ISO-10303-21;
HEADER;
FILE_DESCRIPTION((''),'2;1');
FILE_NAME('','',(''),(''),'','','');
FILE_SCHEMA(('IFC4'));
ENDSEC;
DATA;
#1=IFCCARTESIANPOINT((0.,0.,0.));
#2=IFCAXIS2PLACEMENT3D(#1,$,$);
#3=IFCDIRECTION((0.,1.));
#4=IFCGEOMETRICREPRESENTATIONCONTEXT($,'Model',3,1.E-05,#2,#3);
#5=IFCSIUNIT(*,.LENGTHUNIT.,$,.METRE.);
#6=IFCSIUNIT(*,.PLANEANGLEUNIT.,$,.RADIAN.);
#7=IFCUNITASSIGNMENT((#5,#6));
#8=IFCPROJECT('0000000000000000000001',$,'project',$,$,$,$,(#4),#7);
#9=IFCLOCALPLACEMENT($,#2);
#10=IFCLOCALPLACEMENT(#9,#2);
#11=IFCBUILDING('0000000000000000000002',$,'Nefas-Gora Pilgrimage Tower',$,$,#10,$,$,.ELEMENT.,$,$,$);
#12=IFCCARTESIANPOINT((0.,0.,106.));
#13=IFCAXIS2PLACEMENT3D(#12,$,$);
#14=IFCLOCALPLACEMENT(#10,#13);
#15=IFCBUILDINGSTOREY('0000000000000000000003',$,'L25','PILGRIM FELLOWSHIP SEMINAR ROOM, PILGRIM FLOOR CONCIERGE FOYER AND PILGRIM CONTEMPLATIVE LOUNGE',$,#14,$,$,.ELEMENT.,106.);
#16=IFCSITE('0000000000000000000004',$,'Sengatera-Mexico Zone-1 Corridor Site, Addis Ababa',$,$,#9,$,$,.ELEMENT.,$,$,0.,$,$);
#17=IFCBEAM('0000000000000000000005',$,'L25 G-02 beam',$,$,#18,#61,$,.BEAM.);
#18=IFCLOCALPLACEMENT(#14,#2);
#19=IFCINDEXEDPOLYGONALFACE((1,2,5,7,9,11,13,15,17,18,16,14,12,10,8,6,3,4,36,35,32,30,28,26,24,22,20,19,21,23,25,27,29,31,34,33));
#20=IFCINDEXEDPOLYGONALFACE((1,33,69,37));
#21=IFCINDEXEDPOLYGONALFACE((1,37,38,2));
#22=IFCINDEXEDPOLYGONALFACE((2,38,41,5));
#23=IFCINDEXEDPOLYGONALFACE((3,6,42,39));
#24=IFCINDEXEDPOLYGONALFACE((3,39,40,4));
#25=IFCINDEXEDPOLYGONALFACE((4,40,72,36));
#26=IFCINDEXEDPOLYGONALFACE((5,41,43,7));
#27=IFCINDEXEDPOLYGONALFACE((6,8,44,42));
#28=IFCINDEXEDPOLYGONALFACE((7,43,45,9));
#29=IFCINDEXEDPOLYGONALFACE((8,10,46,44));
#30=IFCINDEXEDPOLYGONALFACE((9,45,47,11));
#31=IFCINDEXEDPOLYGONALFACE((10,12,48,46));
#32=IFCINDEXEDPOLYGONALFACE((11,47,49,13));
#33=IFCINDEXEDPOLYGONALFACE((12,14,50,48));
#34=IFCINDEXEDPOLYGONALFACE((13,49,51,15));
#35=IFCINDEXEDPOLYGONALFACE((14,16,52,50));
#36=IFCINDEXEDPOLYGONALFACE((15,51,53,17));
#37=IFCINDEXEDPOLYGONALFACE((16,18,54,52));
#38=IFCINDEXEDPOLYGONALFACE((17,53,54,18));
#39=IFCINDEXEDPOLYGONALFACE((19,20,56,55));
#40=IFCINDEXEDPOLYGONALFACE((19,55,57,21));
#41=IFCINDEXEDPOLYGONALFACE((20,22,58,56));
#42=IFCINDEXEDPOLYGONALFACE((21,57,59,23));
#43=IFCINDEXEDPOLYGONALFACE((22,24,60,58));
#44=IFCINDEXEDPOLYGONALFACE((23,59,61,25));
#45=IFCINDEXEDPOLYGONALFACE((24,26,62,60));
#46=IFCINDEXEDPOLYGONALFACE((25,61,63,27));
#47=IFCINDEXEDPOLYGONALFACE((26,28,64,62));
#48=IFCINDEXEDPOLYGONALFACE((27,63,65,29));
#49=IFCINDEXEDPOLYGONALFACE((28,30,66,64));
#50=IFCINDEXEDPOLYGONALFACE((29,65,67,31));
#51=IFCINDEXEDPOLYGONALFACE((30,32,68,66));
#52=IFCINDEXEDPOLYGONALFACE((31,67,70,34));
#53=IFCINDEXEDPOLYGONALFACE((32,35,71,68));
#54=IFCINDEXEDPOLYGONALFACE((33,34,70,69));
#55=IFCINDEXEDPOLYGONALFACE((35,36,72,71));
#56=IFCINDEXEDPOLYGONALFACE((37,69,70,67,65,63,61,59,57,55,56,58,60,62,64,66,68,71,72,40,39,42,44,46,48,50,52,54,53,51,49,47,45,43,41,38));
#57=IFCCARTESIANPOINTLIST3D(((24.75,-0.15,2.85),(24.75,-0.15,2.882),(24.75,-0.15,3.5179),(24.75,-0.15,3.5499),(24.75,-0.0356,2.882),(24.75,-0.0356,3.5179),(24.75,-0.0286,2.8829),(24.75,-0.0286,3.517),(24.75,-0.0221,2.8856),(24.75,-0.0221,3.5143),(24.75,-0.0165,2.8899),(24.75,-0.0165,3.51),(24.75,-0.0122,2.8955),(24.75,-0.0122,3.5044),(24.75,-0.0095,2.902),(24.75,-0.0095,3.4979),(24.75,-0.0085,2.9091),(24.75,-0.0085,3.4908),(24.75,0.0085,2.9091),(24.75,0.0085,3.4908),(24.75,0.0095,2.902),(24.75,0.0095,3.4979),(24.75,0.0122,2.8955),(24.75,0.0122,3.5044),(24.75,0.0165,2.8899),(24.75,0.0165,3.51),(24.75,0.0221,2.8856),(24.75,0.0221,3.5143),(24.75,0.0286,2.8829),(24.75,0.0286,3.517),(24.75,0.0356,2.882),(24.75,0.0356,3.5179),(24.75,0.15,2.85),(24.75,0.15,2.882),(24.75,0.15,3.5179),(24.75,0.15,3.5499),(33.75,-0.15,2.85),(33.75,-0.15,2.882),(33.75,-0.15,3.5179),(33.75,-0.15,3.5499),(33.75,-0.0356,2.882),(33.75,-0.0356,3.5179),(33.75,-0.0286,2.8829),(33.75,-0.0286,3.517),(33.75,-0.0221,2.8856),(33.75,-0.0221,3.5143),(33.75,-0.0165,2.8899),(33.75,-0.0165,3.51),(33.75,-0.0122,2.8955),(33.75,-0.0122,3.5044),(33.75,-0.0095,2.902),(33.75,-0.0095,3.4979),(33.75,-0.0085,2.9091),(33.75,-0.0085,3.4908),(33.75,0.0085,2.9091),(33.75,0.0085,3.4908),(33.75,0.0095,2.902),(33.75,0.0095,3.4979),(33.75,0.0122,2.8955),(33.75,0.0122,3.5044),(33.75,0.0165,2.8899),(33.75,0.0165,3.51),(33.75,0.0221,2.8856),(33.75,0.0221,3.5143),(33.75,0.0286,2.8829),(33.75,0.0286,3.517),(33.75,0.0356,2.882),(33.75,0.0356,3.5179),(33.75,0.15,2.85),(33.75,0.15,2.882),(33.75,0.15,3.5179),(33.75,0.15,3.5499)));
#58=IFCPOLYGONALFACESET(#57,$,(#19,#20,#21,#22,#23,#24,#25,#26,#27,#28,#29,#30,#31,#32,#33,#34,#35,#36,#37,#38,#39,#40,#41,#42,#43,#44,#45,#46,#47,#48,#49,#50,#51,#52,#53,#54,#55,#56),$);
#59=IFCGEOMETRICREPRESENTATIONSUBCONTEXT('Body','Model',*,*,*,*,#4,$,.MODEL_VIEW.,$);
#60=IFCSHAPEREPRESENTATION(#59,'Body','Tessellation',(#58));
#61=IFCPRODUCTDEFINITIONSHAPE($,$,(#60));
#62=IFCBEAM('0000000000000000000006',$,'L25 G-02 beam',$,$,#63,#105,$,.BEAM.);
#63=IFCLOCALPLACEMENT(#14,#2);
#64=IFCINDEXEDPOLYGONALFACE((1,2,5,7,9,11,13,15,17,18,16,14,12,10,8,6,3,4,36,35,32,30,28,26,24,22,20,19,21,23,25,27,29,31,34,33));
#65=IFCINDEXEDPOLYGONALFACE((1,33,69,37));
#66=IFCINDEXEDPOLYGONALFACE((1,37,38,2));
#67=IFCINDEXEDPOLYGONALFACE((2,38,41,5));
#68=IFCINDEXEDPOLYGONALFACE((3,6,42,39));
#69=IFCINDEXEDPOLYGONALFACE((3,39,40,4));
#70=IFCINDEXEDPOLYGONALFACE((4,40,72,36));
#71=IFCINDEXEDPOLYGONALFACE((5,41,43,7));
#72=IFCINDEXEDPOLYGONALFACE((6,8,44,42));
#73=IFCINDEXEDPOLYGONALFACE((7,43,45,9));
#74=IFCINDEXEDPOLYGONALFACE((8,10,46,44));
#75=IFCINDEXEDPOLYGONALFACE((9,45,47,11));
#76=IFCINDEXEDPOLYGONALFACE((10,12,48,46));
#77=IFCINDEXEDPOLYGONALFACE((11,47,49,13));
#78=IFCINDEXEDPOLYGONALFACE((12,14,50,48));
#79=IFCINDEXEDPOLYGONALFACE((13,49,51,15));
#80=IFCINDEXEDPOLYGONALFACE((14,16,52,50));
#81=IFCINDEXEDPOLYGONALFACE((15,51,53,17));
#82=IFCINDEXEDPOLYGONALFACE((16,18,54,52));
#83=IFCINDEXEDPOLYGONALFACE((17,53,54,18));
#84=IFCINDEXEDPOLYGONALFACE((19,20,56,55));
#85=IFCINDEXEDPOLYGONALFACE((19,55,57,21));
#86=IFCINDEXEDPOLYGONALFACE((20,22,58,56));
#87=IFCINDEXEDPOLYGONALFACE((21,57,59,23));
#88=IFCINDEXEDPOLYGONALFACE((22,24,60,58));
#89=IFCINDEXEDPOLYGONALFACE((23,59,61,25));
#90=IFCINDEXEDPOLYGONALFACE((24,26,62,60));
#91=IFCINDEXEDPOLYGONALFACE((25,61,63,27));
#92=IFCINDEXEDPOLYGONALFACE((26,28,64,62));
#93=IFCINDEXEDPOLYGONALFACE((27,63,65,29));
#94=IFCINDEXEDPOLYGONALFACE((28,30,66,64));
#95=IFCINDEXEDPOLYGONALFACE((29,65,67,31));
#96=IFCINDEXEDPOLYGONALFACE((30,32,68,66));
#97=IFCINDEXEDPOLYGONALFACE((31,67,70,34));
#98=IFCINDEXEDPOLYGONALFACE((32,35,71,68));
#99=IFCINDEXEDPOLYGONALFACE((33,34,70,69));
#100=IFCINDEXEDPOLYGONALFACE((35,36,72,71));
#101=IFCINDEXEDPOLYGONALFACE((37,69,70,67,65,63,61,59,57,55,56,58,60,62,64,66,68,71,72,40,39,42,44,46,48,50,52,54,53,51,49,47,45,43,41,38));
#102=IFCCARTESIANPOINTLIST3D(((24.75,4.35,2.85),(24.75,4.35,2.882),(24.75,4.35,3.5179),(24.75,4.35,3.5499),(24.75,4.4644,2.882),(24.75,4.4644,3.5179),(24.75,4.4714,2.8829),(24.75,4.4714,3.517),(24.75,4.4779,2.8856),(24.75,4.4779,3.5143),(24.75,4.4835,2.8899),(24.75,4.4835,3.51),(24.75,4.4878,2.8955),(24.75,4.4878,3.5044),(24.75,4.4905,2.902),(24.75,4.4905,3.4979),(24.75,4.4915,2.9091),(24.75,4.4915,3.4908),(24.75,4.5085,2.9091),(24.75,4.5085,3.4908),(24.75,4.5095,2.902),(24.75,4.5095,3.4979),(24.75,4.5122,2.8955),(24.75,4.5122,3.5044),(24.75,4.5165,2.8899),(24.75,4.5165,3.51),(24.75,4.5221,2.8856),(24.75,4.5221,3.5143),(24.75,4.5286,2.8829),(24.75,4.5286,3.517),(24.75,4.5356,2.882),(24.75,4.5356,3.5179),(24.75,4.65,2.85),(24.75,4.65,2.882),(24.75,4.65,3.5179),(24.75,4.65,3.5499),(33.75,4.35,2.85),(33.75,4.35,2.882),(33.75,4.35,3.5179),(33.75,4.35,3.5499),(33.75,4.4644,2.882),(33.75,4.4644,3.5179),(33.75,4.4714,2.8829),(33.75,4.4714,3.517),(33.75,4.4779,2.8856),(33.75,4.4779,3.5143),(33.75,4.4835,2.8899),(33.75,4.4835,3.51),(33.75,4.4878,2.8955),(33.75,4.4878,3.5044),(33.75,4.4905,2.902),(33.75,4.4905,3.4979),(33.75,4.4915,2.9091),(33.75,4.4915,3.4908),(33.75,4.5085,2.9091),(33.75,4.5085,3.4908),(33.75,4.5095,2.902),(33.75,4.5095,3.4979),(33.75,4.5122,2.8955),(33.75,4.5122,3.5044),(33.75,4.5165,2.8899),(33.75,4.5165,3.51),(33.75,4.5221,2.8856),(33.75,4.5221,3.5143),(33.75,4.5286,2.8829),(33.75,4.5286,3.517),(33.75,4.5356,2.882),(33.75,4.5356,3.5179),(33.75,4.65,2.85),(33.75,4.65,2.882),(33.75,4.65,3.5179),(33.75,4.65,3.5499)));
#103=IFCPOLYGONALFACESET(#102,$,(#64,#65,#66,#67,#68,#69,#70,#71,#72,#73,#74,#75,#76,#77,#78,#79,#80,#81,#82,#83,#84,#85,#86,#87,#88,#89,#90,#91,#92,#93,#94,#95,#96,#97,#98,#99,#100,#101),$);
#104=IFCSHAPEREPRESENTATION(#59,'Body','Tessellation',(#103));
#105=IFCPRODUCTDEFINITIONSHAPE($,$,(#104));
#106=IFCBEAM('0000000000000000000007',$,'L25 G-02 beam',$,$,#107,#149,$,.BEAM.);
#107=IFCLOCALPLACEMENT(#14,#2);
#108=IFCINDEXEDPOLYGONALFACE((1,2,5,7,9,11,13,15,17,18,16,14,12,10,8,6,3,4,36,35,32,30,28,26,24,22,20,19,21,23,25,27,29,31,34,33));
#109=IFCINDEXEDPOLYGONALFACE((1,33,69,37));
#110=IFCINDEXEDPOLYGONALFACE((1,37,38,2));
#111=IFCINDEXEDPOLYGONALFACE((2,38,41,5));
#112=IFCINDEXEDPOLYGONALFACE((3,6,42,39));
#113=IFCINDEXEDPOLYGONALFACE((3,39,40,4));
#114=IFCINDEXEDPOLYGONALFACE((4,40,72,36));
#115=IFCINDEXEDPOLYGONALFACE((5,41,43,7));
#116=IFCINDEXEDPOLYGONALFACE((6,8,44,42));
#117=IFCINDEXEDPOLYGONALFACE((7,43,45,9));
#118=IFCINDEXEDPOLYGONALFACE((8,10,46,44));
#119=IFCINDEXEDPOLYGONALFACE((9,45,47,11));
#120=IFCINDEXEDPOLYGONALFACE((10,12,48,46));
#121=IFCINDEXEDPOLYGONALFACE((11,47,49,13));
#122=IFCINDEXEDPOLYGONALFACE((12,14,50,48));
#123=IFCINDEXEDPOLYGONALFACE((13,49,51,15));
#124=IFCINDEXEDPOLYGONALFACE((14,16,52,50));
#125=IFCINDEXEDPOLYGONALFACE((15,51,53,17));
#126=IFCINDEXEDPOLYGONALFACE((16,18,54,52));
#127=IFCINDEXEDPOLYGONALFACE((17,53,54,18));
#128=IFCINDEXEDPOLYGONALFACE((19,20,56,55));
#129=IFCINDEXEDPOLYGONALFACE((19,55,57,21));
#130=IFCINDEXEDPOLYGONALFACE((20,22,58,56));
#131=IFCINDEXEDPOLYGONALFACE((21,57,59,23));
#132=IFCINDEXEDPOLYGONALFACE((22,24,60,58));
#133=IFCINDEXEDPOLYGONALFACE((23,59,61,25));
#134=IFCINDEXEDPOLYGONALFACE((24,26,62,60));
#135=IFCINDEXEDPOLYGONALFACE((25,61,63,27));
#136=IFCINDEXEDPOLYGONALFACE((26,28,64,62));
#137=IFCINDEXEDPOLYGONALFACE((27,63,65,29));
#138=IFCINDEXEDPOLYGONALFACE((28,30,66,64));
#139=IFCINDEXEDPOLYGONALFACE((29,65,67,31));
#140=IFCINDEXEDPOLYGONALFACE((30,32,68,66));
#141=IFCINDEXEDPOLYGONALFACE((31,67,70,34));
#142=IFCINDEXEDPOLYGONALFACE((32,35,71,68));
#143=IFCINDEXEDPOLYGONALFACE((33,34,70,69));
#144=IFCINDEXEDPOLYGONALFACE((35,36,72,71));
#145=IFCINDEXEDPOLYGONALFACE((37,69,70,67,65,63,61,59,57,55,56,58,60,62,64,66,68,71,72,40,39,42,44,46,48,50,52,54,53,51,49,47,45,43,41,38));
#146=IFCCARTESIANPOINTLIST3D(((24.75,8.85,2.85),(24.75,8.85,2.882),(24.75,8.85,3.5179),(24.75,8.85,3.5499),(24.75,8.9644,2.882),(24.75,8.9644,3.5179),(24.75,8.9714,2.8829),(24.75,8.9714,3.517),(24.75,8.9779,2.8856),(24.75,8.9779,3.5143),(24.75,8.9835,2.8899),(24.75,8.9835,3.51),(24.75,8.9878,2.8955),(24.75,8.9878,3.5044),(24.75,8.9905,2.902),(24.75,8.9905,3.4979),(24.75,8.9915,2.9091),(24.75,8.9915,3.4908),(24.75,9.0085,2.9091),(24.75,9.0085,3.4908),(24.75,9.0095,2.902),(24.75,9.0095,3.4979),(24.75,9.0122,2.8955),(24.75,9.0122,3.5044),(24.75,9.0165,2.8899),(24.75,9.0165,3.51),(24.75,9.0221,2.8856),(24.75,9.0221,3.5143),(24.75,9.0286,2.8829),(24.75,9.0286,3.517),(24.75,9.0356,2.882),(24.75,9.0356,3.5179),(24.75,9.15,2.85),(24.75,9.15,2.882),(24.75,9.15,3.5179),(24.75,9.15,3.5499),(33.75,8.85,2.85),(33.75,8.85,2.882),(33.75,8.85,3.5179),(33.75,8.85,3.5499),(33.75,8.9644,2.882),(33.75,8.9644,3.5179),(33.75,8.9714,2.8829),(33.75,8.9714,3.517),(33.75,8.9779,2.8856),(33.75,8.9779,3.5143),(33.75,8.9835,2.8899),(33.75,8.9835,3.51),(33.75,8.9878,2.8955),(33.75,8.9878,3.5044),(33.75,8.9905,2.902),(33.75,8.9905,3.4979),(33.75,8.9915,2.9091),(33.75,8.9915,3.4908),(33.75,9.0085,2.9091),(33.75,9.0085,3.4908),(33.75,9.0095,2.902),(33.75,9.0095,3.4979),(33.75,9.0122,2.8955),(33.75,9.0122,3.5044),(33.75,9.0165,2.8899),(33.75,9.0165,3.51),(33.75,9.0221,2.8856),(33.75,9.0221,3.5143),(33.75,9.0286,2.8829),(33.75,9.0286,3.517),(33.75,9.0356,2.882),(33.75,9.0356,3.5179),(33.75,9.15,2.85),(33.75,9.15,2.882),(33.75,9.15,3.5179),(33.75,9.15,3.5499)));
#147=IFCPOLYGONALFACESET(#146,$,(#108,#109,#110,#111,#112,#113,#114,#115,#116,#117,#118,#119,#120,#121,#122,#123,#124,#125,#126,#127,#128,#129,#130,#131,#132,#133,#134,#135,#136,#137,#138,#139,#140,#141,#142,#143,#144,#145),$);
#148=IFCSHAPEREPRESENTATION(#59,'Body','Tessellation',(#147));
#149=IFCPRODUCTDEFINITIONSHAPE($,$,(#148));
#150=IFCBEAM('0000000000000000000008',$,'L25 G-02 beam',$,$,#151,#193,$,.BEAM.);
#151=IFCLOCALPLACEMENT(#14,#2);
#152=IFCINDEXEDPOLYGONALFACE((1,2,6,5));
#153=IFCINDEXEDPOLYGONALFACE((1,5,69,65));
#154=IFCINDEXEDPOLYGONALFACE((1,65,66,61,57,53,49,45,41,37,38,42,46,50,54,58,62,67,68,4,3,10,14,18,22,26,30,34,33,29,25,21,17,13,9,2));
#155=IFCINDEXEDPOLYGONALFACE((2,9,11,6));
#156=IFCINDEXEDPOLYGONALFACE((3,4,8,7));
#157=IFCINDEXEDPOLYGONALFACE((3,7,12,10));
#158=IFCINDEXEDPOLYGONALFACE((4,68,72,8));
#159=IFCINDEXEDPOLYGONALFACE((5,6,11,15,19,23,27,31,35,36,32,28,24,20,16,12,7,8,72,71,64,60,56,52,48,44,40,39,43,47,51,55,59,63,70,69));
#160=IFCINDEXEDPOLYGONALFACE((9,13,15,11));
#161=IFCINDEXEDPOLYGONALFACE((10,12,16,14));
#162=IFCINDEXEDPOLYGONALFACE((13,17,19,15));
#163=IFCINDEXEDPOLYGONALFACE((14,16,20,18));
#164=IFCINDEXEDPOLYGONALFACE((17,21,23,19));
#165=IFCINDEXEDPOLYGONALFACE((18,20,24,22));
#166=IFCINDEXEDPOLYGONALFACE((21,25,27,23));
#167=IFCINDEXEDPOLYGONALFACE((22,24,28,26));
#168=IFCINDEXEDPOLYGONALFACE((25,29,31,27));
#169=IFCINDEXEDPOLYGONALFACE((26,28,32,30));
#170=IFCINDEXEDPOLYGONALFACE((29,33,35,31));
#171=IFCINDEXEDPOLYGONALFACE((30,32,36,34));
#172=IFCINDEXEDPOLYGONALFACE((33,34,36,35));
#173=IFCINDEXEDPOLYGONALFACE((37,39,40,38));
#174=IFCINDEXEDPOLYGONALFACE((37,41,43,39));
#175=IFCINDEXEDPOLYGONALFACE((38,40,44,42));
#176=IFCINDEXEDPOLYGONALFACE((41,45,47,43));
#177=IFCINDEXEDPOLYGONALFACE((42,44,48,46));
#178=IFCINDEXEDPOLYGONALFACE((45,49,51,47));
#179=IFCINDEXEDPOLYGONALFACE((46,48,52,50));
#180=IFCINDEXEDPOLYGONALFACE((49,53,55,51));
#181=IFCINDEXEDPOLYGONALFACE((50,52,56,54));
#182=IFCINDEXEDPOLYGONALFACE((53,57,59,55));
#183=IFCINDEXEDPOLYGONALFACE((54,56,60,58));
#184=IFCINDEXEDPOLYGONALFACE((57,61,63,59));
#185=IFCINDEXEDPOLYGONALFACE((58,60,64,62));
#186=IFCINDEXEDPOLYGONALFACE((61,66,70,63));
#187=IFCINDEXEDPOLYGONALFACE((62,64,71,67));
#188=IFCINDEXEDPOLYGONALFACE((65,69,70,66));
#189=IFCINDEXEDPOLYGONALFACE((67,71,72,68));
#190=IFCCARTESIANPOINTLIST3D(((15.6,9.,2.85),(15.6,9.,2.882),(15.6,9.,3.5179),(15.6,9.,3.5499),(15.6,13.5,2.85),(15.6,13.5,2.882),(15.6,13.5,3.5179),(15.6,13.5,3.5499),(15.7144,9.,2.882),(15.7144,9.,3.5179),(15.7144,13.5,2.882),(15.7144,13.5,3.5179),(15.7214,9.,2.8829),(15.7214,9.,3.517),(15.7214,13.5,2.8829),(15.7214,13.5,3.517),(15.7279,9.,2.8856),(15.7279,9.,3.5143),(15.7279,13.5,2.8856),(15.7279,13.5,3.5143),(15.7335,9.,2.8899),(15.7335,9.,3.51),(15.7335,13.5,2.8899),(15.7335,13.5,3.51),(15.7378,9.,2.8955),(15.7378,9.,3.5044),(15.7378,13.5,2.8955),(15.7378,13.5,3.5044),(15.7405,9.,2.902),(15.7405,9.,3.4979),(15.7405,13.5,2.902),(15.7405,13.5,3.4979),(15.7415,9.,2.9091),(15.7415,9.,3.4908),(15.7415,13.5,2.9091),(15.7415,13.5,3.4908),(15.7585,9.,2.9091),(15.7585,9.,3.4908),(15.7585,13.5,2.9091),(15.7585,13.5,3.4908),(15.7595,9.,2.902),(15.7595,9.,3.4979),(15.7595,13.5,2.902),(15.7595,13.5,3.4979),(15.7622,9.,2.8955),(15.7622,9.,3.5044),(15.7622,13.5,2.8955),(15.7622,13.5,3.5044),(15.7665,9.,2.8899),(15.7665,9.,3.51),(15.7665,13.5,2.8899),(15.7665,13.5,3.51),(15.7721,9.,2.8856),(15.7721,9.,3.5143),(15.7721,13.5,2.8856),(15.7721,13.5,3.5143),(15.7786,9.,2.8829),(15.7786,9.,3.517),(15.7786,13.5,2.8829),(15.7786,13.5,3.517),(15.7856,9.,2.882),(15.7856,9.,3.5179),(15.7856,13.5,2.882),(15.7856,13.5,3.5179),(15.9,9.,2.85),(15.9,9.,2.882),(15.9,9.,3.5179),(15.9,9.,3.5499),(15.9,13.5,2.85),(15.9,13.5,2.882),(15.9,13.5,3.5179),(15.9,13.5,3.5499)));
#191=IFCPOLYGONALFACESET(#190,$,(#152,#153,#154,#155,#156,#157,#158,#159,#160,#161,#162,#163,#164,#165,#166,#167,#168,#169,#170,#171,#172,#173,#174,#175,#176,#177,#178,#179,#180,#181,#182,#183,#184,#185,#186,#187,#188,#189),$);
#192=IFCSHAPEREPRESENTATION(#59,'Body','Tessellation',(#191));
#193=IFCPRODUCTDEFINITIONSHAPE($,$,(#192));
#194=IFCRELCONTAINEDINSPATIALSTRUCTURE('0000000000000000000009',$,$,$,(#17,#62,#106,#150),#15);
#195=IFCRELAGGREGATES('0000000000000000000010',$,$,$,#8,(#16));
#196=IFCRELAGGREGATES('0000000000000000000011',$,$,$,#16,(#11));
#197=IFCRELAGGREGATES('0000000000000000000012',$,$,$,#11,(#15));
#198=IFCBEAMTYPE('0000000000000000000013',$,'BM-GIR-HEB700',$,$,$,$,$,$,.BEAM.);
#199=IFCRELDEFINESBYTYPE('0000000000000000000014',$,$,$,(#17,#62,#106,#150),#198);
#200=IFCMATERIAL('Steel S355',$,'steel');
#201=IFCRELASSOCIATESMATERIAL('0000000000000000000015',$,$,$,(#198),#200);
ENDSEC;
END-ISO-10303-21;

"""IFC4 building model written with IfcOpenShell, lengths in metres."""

from ifc_helpers import new_model, si_unit, direction, frame, origin, origin_2d, place, context, subcontext, project, spatial, i_section, extrude, source, transform, mapped, material, material_profile, profile_set, type_object, element, save


model = new_model("IFC4")

# Units and contexts
model_context = context("Model", 3, precision=1e-05, world=origin(), true_north=direction((0.0, 1.0)))
body_context = subcontext(model_context, "Body", "Model", "MODEL_VIEW")
ifc_project = project(units=[si_unit("LENGTHUNIT", "METRE"), si_unit("PLANEANGLEUNIT", "RADIAN")], contexts=[model_context])

# Site, building, storey
site_placement = place(None, origin())
site = spatial("IfcSite", under=ifc_project, at=site_placement, Name="Sengatera-Mexico Zone-1 Corridor Site, Addis Ababa", CompositionType="ELEMENT", RefElevation=0.0)
building_placement = place(site_placement, origin())
building = spatial("IfcBuilding", under=site, at=building_placement, Name="Nefas-Gora Pilgrimage Tower", CompositionType="ELEMENT")
storey_placement = place(building_placement, frame((0.0, 0.0, 106.0)))
storey = spatial("IfcBuildingStorey", under=building, at=storey_placement, Name="L25", Description="PILGRIM FELLOWSHIP SEMINAR ROOM, PILGRIM FLOOR CONCIERGE FOYER AND PILGRIM CONTEMPLATIVE LOUNGE", CompositionType="ELEMENT", Elevation=106.0)

# Beams
ifc_material_1 = material(Name="Steel S355", Category="steel")
ifc_material_profile_1 = material_profile(ifc_material_1, i_section(OverallWidth=0.3, OverallDepth=0.7, WebThickness=0.0171, FlangeThickness=0.032, FilletRadius=0.0271, at=origin_2d()), Name="HEB 700")
ifc_profile_set_1 = profile_set([ifc_material_profile_1], Name="Steel S355")
beam_type_1 = type_object("IfcBeamType", Name="BM-GIR-HEB700", PredefinedType="BEAM", material=ifc_profile_set_1)
shared_shape_1 = source(origin(), body_context, "Body", "SweptSolid", [
    extrude(i_section(OverallWidth=0.3, OverallDepth=0.7, WebThickness=0.0171, FlangeThickness=0.032, FilletRadius=0.0271, at=origin_2d()), origin(), (0.0, 0.0, 1.0), 9.0),
])
for number, where, z_axis, x_axis, name in (
    (1, (24.75, 0.0, 3.2), (1.0, 0.0, 0.0), (0.0, 1.0, 0.0), "L25 G-02 beam"),
    (2, (24.75, 4.5, 3.2), (1.0, 0.0, 0.0), (0.0, 1.0, 0.0), "L25 G-02 beam"),
    (3, (24.75, 9.0, 3.2), (1.0, 0.0, 0.0), (0.0, 1.0, 0.0), "L25 G-02 beam"),
):
    element("IfcBeam", number, at=place(storey_placement, frame(where, z_axis=z_axis, x_axis=x_axis)), inside=storey, type_object=beam_type_1, Name=name, PredefinedType="BEAM", context=body_context, shape_type="MappedRepresentation", body=[
        mapped(shared_shape_1, transform((0.0, 0.0, 0.0), x_axis=(1.0, 0.0, 0.0), y_axis=(0.0, 1.0, 0.0), z_axis=(0.0, 0.0, 1.0), scale=1.0)),
    ])
shared_shape_2 = source(origin(), body_context, "Body", "SweptSolid", [
    extrude(i_section(OverallWidth=0.3, OverallDepth=0.7, WebThickness=0.0171, FlangeThickness=0.032, FilletRadius=0.0271, at=origin_2d()), origin(), (0.0, 0.0, 1.0), 4.5),
])
for number, where, z_axis, x_axis, name in (
    (4, (15.75, 9.0, 3.2), (0.0, 1.0, 0.0), (-1.0, 0.0, 0.0), "L25 G-02 beam"),
):
    element("IfcBeam", number, at=place(storey_placement, frame(where, z_axis=z_axis, x_axis=x_axis)), inside=storey, type_object=beam_type_1, Name=name, PredefinedType="BEAM", context=body_context, shape_type="MappedRepresentation", body=[
        mapped(shared_shape_2, transform((0.0, 0.0, 0.0), x_axis=(1.0, 0.0, 0.0), y_axis=(0.0, 1.0, 0.0), z_axis=(0.0, 0.0, 1.0), scale=1.0)),
    ])

save(model, "model.ifc")
